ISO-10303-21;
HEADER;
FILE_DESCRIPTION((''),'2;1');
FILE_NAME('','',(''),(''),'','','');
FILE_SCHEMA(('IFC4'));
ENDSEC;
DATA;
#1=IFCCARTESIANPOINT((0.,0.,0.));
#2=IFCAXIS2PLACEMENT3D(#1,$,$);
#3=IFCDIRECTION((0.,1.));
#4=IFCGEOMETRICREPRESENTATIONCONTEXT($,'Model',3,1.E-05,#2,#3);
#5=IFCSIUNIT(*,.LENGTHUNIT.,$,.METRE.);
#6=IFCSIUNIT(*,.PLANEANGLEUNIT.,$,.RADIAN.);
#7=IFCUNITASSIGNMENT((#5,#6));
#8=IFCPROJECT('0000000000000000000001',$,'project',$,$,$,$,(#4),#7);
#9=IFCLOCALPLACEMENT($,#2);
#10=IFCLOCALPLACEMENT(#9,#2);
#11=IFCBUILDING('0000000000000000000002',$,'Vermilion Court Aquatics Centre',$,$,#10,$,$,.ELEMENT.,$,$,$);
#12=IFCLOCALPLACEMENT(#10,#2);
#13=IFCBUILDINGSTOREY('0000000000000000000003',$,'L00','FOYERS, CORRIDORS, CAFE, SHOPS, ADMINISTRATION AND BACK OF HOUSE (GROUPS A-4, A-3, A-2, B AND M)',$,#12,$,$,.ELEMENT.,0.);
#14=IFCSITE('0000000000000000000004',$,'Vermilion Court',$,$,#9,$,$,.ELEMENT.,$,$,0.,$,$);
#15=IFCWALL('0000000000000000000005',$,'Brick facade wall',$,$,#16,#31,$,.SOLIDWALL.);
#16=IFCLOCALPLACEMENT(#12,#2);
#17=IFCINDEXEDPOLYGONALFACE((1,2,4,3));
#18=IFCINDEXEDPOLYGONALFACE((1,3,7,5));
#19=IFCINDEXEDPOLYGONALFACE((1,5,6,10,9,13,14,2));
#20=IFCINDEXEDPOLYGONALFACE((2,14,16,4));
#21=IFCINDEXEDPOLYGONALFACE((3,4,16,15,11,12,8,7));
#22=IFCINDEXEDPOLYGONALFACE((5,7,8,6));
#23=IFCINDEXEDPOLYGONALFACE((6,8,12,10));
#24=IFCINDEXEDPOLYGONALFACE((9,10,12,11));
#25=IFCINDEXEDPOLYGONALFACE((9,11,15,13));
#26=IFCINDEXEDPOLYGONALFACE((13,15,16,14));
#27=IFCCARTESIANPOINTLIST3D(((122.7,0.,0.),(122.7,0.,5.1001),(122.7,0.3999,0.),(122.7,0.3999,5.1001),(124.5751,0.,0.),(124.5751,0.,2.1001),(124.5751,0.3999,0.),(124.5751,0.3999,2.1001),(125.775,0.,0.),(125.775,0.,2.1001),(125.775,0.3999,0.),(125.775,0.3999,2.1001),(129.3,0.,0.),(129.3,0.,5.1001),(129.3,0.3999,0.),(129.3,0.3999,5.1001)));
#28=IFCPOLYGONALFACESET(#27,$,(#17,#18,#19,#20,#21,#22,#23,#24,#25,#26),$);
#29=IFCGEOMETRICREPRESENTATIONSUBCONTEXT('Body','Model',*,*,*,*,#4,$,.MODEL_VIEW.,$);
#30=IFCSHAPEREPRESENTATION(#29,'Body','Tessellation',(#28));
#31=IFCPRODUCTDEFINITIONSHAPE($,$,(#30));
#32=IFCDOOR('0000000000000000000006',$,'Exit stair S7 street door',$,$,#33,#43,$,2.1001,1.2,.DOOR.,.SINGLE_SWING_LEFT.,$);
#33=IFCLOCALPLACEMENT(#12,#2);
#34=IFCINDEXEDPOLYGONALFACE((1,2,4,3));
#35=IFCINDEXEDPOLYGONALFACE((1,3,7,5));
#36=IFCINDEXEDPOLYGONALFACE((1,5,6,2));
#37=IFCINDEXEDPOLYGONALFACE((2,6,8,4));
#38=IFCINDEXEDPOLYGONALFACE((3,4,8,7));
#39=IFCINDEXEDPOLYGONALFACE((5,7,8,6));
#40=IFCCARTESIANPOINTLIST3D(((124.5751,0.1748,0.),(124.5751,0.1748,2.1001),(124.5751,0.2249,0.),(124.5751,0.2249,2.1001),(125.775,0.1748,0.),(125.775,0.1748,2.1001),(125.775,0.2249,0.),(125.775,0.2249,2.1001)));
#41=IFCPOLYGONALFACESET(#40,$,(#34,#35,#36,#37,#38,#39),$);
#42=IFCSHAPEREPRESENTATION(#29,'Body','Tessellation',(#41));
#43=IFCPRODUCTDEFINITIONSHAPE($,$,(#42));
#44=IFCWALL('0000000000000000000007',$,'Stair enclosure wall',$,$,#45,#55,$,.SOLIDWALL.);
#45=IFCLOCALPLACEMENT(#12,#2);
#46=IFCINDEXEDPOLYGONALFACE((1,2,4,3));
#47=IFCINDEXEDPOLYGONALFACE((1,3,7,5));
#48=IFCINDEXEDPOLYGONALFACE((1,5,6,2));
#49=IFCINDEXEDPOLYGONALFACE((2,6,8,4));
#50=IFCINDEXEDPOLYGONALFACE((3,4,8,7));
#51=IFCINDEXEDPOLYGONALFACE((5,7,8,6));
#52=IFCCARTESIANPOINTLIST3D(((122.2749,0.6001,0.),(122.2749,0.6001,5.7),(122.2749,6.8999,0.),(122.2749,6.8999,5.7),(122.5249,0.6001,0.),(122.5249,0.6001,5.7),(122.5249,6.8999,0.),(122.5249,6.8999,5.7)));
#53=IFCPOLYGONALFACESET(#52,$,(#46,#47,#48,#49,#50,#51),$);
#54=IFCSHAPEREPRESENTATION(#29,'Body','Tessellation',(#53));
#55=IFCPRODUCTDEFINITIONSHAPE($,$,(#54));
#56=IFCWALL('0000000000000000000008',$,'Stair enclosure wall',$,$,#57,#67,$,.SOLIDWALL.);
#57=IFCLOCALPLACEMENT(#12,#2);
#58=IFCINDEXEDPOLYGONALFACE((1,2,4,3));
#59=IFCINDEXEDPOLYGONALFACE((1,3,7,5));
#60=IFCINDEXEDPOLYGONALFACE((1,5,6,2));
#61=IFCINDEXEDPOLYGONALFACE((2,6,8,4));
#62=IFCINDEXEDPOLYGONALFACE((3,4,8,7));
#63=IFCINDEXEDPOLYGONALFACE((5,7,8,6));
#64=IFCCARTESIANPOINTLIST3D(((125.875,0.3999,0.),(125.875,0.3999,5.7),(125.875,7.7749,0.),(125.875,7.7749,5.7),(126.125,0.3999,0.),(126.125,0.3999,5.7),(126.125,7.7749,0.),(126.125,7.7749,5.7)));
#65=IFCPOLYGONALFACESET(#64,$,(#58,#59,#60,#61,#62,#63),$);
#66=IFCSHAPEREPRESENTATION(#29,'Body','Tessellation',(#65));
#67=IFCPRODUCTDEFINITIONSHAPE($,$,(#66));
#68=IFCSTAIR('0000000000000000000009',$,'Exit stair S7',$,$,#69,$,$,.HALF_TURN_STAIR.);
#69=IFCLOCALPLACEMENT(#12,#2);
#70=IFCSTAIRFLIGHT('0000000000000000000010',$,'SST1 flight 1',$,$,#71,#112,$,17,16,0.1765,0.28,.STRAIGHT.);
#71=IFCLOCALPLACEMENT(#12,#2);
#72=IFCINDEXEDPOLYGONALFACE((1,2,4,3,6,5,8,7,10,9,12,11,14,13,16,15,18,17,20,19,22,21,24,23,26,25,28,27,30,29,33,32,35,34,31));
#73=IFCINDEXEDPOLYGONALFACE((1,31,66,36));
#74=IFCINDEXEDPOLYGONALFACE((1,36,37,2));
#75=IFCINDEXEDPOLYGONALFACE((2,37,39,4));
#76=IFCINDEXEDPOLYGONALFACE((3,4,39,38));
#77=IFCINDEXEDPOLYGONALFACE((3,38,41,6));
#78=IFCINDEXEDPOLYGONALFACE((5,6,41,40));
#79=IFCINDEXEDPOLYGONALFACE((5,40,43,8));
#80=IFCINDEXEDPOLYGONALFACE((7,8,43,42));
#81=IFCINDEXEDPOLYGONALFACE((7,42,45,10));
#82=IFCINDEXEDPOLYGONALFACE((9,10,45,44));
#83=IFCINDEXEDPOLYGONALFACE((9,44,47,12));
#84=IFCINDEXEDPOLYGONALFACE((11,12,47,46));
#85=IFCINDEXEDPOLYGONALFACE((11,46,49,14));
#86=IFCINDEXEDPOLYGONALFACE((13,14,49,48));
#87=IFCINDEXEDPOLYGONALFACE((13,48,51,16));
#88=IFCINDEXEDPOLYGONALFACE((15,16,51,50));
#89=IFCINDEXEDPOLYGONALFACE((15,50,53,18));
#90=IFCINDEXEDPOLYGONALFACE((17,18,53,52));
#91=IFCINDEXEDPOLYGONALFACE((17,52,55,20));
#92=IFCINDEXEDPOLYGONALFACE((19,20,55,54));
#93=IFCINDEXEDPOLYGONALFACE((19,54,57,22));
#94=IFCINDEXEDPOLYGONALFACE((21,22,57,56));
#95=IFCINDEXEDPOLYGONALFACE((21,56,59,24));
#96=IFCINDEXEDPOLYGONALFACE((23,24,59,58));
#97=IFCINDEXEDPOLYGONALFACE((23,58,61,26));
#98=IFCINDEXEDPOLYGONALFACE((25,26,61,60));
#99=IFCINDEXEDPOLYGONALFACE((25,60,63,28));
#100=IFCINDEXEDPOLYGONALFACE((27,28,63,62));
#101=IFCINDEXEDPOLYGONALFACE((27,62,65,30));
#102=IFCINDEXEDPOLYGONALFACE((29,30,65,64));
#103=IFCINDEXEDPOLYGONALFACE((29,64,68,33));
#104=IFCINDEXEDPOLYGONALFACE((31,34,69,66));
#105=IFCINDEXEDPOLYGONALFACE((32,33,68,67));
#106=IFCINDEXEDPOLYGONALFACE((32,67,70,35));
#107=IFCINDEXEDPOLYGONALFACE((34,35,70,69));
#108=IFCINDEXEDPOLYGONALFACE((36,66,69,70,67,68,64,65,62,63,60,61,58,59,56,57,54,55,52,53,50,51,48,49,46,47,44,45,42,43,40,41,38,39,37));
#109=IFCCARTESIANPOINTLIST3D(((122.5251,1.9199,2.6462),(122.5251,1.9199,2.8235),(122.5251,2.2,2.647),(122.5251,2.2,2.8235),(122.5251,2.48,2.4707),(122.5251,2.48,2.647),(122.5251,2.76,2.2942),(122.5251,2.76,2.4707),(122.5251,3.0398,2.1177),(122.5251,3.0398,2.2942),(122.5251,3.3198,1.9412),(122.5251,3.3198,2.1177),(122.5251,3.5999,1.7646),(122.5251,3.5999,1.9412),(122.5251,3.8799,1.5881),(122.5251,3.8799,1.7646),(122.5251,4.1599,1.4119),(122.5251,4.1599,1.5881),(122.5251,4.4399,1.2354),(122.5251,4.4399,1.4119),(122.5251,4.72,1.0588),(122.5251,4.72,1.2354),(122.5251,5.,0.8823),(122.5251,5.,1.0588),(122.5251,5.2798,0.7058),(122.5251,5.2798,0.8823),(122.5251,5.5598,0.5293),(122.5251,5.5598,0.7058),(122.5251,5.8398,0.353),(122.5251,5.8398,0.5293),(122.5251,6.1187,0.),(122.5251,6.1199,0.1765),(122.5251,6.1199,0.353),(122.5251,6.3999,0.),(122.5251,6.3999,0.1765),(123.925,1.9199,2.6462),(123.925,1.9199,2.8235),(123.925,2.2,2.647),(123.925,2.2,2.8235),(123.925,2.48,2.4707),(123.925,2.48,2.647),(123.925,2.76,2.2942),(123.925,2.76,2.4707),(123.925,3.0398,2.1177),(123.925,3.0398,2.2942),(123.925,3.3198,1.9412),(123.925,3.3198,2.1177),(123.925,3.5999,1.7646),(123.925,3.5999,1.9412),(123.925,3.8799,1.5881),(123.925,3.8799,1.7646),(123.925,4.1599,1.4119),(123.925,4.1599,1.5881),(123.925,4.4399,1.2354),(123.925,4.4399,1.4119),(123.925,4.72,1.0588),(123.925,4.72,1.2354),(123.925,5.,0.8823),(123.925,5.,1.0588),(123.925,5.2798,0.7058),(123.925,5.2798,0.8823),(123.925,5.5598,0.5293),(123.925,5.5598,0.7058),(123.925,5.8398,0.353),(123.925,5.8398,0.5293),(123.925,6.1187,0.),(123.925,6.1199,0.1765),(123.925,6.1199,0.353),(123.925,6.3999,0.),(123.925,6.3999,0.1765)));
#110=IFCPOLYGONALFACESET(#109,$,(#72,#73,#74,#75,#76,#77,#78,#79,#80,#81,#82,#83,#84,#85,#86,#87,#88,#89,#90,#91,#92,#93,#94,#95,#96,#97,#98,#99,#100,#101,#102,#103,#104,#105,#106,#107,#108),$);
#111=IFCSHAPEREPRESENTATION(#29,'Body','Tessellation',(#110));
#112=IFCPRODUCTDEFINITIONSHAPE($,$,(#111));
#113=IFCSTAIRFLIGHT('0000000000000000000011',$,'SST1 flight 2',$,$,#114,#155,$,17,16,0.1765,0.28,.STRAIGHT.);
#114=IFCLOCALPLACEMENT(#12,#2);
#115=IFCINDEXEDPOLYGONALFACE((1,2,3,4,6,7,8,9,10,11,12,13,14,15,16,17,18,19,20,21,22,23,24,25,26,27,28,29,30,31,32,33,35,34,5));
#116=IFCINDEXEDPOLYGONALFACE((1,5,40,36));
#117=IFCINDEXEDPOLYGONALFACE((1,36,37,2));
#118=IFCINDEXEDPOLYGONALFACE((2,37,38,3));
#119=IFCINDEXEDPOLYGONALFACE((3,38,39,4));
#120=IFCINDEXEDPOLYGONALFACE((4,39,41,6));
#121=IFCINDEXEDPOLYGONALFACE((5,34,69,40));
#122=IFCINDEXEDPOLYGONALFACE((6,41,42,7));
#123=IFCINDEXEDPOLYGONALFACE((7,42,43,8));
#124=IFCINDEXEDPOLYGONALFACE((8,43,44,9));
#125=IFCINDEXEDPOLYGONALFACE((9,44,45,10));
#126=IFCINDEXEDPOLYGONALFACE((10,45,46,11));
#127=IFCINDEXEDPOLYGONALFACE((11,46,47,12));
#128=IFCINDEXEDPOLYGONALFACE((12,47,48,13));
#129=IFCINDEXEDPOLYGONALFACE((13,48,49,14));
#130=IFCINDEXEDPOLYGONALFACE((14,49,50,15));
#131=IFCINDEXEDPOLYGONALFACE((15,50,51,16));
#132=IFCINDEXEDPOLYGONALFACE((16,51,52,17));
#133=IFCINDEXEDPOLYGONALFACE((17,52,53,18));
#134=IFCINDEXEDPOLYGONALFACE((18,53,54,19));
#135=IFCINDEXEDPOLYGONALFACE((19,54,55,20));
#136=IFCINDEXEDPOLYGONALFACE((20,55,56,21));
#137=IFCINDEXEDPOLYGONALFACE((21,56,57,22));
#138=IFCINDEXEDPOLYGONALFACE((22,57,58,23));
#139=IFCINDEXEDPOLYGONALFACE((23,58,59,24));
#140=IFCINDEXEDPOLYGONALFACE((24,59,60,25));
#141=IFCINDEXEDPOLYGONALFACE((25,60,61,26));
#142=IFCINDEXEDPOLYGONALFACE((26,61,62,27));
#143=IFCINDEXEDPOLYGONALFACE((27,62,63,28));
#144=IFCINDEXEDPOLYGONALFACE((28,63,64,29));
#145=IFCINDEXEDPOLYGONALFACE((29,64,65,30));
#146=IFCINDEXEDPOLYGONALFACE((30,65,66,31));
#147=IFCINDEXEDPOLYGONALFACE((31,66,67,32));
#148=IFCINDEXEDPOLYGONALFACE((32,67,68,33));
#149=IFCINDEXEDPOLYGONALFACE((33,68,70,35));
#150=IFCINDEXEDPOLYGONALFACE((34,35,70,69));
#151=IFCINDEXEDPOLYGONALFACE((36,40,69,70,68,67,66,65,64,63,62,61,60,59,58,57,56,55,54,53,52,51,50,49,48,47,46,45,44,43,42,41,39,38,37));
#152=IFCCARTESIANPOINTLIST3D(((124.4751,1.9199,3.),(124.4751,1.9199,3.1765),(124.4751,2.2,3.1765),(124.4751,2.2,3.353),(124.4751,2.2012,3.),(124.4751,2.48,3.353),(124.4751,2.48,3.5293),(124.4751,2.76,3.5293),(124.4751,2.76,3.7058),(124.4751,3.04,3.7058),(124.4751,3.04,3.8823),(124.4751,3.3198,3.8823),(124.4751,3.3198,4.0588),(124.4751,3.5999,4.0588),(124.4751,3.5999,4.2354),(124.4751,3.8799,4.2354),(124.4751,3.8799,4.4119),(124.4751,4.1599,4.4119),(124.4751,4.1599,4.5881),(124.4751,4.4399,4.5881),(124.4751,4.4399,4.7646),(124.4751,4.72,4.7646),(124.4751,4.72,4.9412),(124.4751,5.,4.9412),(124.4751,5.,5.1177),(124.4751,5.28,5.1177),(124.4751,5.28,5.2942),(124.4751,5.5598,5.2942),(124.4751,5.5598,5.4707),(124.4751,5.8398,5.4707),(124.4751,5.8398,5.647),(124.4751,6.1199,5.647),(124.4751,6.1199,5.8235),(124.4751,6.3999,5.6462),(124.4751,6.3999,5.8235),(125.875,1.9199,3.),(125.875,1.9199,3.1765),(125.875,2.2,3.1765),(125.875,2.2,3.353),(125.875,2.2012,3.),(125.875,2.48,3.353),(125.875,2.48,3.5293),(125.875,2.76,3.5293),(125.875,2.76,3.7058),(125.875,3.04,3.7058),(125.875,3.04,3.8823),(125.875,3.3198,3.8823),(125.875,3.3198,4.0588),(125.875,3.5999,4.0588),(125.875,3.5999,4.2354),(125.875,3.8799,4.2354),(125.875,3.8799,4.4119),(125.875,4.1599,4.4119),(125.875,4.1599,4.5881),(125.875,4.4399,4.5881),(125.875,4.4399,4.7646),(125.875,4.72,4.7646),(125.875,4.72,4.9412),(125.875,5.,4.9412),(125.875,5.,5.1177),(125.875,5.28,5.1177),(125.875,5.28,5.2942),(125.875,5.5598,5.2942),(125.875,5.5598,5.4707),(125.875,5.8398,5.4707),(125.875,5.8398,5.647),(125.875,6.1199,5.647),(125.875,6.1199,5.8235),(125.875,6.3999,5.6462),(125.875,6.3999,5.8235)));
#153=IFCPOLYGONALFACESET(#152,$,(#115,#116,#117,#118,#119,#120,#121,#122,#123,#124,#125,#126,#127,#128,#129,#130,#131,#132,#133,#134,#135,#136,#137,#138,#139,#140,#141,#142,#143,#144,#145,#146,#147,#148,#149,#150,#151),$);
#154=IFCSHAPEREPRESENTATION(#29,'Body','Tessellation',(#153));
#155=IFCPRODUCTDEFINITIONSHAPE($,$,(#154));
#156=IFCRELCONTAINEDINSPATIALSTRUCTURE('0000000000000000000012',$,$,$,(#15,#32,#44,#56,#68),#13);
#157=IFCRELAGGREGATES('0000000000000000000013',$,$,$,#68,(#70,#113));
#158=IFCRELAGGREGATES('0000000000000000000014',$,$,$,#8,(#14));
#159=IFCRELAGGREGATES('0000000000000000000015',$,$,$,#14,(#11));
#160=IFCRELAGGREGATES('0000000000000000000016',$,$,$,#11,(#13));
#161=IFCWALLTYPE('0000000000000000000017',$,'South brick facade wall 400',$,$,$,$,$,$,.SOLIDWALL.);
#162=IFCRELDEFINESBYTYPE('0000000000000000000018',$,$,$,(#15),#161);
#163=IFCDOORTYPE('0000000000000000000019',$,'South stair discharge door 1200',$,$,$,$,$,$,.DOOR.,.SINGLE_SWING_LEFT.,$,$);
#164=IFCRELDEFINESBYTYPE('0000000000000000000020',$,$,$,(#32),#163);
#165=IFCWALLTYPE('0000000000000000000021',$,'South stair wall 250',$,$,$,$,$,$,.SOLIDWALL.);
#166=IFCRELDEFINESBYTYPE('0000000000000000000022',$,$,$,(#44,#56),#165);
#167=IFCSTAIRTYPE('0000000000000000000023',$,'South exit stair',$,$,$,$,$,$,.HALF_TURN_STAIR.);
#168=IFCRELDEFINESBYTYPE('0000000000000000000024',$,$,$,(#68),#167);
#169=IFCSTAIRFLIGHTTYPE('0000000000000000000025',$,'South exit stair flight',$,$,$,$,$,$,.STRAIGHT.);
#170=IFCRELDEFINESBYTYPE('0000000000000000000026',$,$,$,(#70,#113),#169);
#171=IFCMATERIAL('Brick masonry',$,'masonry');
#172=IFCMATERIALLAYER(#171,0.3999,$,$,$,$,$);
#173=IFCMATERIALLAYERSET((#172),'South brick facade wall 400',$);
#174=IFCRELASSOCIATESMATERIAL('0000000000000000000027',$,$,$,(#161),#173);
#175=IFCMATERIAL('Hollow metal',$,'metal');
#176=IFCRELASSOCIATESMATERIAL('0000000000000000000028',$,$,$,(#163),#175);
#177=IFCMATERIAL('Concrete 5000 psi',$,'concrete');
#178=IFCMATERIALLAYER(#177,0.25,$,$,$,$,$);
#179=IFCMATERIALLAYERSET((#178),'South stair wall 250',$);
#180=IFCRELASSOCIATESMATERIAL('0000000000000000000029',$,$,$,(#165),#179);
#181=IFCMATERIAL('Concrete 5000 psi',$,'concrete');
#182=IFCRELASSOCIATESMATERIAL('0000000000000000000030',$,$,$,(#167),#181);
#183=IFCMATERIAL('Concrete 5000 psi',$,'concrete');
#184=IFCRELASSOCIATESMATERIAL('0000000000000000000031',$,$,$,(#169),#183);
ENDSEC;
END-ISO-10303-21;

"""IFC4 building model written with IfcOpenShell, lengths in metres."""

from ifc_helpers import new_model, si_unit, direction, frame, frame_2d, origin, place, context, subcontext, project, spatial, polyline, rectangle, outline, extrude, material, layer, layer_set, type_object, element, fill, aggregate, save


model = new_model("IFC4")

# Units and contexts
model_context = context("Model", 3, precision=1e-05, world=origin(), true_north=direction((0.0, 1.0)))
body_context = subcontext(model_context, "Body", "Model", "MODEL_VIEW")
ifc_project = project(units=[si_unit("LENGTHUNIT", "METRE"), si_unit("PLANEANGLEUNIT", "RADIAN")], contexts=[model_context])

# Site, building, storey
site_placement = place(None, origin())
site = spatial("IfcSite", under=ifc_project, at=site_placement, Name="Vermilion Court", CompositionType="ELEMENT", RefElevation=0.0)
building_placement = place(site_placement, origin())
building = spatial("IfcBuilding", under=site, at=building_placement, Name="Vermilion Court Aquatics Centre", CompositionType="ELEMENT")
storey_placement = place(building_placement, origin())
storey = spatial("IfcBuildingStorey", under=building, at=storey_placement, Name="L00", Description="FOYERS, CORRIDORS, CAFE, SHOPS, ADMINISTRATION AND BACK OF HOUSE (GROUPS A-4, A-3, A-2, B AND M)", CompositionType="ELEMENT", Elevation=0.0)

# Shared definitions
ifc_material_1 = material(Name="Brick masonry", Category="masonry")
ifc_layer_1 = layer(ifc_material_1, 0.3999)
ifc_layer_set_1 = layer_set([ifc_layer_1], Name="South brick facade wall 400")
wall_type_1 = type_object("IfcWallType", Name="South brick facade wall 400", PredefinedType="SOLIDWALL", material=ifc_layer_set_1)

# Wall, opening, door
wall_1_placement = place(storey_placement, frame((122.7, 0.2, 0.0), z_axis=(0.0, 0.0, 1.0), x_axis=(1.0, 0.0, 0.0)))
wall_1 = element("IfcWall", 1, at=wall_1_placement, inside=storey, type_object=wall_type_1, Name="Brick facade wall", PredefinedType="SOLIDWALL", context=body_context, shape_type="SweptSolid", body=[
    extrude(rectangle(XDim=6.6001, YDim=0.3999, at=frame_2d((3.3, 0.0))), origin(), (0.0, 0.0, 1.0), 5.1001),
])
opening_1_placement = place(wall_1_placement, frame((1.875, 0.0, 0.0)))
opening_1 = element("IfcOpeningElement", 2, at=opening_1_placement, cuts=wall_1, PredefinedType="OPENING", context=body_context, shape_type="SweptSolid", body=[
    extrude(rectangle(XDim=1.2, YDim=2.1001, at=frame_2d((0.6001, 1.05))), frame((0.0, 0.21, 0.0), z_axis=(0.0, -1.0, 0.0), x_axis=(1.0, 0.0, 0.0)), (0.0, 0.0, 1.0), 0.4199),
])
ifc_material_2 = material(Name="Hollow metal", Category="metal")
door_type = type_object("IfcDoorType", Name="South stair discharge door 1200", OperationType="SINGLE_SWING_LEFT", PredefinedType="DOOR", material=ifc_material_2)
door_placement = place(opening_1_placement, frame((1.2, 0.0, 0.0), z_axis=(0.0, 0.0, 1.0), x_axis=(-1.0, 0.0, 0.0)))
door = element("IfcDoor", 3, at=door_placement, inside=storey, type_object=door_type, Name="Exit stair S7 street door", OperationType="SINGLE_SWING_LEFT", OverallHeight=2.1001, OverallWidth=1.2, PredefinedType="DOOR", context=body_context, shape_type="SweptSolid", body=[
    extrude(rectangle(XDim=1.2, YDim=2.1001, at=frame_2d((0.5999, 1.05))), frame((0.0, 0.0251, 0.0), z_axis=(0.0, -1.0, 0.0), x_axis=(1.0, 0.0, 0.0)), (0.0, 0.0, 1.0), 0.05),
])
fill(opening_1, door)

# Walls
ifc_material_3 = material(Name="Concrete 5000 psi", Category="concrete")
ifc_layer_2 = layer(ifc_material_3, 0.25)
ifc_layer_set_2 = layer_set([ifc_layer_2], Name="South stair wall 250")
wall_type_2 = type_object("IfcWallType", Name="South stair wall 250", PredefinedType="SOLIDWALL", material=ifc_layer_set_2)
wall_2_placement = place(storey_placement, frame((122.3999, 0.6001, 0.0), z_axis=(0.0, 0.0, 1.0), x_axis=(0.0, 1.0, 0.0)))
element("IfcWall", 4, at=wall_2_placement, inside=storey, type_object=wall_type_2, Name="Stair enclosure wall", PredefinedType="SOLIDWALL", context=body_context, shape_type="SweptSolid", body=[
    extrude(rectangle(XDim=6.2998, YDim=0.25, at=frame_2d((3.1499, 0.0))), origin(), (0.0, 0.0, 1.0), 5.7),
])
wall_3_placement = place(storey_placement, frame((126.0, 0.3999, 0.0), z_axis=(0.0, 0.0, 1.0), x_axis=(0.0, 1.0, 0.0)))
element("IfcWall", 5, at=wall_3_placement, inside=storey, type_object=wall_type_2, Name="Stair enclosure wall", PredefinedType="SOLIDWALL", context=body_context, shape_type="SweptSolid", body=[
    extrude(rectangle(XDim=7.375, YDim=0.25, at=frame_2d((3.6875, 0.0))), origin(), (0.0, 0.0, 1.0), 5.7),
])

# Stair, stair flights
ifc_material_4 = material(Name="Concrete 5000 psi", Category="concrete")
stair_type = type_object("IfcStairType", Name="South exit stair", PredefinedType="HALF_TURN_STAIR", material=ifc_material_4)
stair_placement = place(storey_placement, origin())
stair = element("IfcStair", 6, at=stair_placement, inside=storey, type_object=stair_type, Name="Exit stair S7", PredefinedType="HALF_TURN_STAIR")
ifc_material_5 = material(Name="Concrete 5000 psi", Category="concrete")
stair_flight_type = type_object("IfcStairFlightType", Name="South exit stair flight", PredefinedType="STRAIGHT", material=ifc_material_5)
stair_flight_1_placement = place(storey_placement, frame((123.2251, 6.3999, 0.0), z_axis=(0.0, 0.0, 1.0), x_axis=(0.0, -1.0, 0.0)))
stair_flight_1 = element("IfcStairFlight", 7, at=stair_flight_1_placement, type_object=stair_flight_type, Name="SST1 flight 1", NumberOfRisers=17, NumberOfTreads=16, PredefinedType="STRAIGHT", RiserHeight=0.1765, TreadLength=0.28, context=body_context, shape_type="SweptSolid", body=[
    extrude(outline(polyline([(0.0, 0.0), (0.0, 0.1765), (0.28, 0.1765), (0.28, 0.353), (0.5601, 0.353), (0.5601, 0.5293), (0.8401, 0.5293), (0.8401, 0.7058), (1.1201, 0.7058), (1.1201, 0.8823), (1.3999, 0.8823), (1.3999, 1.0588), (1.6799, 1.0588), (1.6799, 1.2354), (1.96, 1.2354), (1.96, 1.4119), (2.24, 1.4119), (2.24, 1.5881), (2.52, 1.5881), (2.52, 1.7646), (2.8, 1.7646), (2.8, 1.9412), (3.0801, 1.9412), (3.0801, 2.1177), (3.3601, 2.1177), (3.3601, 2.2942), (3.6399, 2.2942), (3.6399, 2.4707), (3.9199, 2.4707), (3.9199, 2.647), (4.2, 2.647), (4.2, 2.8235), (4.48, 2.8235), (4.48, 3.0), (4.48, 2.6462), (0.2812, 0.0), (0.0, 0.0)])), frame((0.0, 0.7, 0.0), z_axis=(0.0, -1.0, 0.0), x_axis=(1.0, 0.0, 0.0)), (0.0, 0.0, 1.0), 1.3999),
])
stair_flight_2_placement = place(storey_placement, frame((125.175, 1.9199, 3.0), z_axis=(0.0, 0.0, 1.0), x_axis=(0.0, 1.0, 0.0)))
stair_flight_2 = element("IfcStairFlight", 8, at=stair_flight_2_placement, type_object=stair_flight_type, Name="SST1 flight 2", NumberOfRisers=17, NumberOfTreads=16, PredefinedType="STRAIGHT", RiserHeight=0.1765, TreadLength=0.28, context=body_context, shape_type="SweptSolid", body=[
    extrude(outline(polyline([(0.0, 0.0), (0.0, 0.1765), (0.28, 0.1765), (0.28, 0.353), (0.5601, 0.353), (0.5601, 0.5293), (0.8401, 0.5293), (0.8401, 0.7058), (1.1201, 0.7058), (1.1201, 0.8823), (1.3999, 0.8823), (1.3999, 1.0588), (1.6799, 1.0588), (1.6799, 1.2354), (1.96, 1.2354), (1.96, 1.4119), (2.24, 1.4119), (2.24, 1.5881), (2.52, 1.5881), (2.52, 1.7646), (2.8, 1.7646), (2.8, 1.9412), (3.0801, 1.9412), (3.0801, 2.1177), (3.3601, 2.1177), (3.3601, 2.2942), (3.6399, 2.2942), (3.6399, 2.4707), (3.9199, 2.4707), (3.9199, 2.647), (4.2, 2.647), (4.2, 2.8235), (4.48, 2.8235), (4.48, 3.0), (4.48, 2.6462), (0.2812, 0.0), (0.0, 0.0)])), frame((0.0, 0.7, 0.0), z_axis=(0.0, -1.0, 0.0), x_axis=(1.0, 0.0, 0.0)), (0.0, 0.0, 1.0), 1.3999),
])
aggregate(stair, [stair_flight_1, stair_flight_2])

save(model, "model.ifc")
